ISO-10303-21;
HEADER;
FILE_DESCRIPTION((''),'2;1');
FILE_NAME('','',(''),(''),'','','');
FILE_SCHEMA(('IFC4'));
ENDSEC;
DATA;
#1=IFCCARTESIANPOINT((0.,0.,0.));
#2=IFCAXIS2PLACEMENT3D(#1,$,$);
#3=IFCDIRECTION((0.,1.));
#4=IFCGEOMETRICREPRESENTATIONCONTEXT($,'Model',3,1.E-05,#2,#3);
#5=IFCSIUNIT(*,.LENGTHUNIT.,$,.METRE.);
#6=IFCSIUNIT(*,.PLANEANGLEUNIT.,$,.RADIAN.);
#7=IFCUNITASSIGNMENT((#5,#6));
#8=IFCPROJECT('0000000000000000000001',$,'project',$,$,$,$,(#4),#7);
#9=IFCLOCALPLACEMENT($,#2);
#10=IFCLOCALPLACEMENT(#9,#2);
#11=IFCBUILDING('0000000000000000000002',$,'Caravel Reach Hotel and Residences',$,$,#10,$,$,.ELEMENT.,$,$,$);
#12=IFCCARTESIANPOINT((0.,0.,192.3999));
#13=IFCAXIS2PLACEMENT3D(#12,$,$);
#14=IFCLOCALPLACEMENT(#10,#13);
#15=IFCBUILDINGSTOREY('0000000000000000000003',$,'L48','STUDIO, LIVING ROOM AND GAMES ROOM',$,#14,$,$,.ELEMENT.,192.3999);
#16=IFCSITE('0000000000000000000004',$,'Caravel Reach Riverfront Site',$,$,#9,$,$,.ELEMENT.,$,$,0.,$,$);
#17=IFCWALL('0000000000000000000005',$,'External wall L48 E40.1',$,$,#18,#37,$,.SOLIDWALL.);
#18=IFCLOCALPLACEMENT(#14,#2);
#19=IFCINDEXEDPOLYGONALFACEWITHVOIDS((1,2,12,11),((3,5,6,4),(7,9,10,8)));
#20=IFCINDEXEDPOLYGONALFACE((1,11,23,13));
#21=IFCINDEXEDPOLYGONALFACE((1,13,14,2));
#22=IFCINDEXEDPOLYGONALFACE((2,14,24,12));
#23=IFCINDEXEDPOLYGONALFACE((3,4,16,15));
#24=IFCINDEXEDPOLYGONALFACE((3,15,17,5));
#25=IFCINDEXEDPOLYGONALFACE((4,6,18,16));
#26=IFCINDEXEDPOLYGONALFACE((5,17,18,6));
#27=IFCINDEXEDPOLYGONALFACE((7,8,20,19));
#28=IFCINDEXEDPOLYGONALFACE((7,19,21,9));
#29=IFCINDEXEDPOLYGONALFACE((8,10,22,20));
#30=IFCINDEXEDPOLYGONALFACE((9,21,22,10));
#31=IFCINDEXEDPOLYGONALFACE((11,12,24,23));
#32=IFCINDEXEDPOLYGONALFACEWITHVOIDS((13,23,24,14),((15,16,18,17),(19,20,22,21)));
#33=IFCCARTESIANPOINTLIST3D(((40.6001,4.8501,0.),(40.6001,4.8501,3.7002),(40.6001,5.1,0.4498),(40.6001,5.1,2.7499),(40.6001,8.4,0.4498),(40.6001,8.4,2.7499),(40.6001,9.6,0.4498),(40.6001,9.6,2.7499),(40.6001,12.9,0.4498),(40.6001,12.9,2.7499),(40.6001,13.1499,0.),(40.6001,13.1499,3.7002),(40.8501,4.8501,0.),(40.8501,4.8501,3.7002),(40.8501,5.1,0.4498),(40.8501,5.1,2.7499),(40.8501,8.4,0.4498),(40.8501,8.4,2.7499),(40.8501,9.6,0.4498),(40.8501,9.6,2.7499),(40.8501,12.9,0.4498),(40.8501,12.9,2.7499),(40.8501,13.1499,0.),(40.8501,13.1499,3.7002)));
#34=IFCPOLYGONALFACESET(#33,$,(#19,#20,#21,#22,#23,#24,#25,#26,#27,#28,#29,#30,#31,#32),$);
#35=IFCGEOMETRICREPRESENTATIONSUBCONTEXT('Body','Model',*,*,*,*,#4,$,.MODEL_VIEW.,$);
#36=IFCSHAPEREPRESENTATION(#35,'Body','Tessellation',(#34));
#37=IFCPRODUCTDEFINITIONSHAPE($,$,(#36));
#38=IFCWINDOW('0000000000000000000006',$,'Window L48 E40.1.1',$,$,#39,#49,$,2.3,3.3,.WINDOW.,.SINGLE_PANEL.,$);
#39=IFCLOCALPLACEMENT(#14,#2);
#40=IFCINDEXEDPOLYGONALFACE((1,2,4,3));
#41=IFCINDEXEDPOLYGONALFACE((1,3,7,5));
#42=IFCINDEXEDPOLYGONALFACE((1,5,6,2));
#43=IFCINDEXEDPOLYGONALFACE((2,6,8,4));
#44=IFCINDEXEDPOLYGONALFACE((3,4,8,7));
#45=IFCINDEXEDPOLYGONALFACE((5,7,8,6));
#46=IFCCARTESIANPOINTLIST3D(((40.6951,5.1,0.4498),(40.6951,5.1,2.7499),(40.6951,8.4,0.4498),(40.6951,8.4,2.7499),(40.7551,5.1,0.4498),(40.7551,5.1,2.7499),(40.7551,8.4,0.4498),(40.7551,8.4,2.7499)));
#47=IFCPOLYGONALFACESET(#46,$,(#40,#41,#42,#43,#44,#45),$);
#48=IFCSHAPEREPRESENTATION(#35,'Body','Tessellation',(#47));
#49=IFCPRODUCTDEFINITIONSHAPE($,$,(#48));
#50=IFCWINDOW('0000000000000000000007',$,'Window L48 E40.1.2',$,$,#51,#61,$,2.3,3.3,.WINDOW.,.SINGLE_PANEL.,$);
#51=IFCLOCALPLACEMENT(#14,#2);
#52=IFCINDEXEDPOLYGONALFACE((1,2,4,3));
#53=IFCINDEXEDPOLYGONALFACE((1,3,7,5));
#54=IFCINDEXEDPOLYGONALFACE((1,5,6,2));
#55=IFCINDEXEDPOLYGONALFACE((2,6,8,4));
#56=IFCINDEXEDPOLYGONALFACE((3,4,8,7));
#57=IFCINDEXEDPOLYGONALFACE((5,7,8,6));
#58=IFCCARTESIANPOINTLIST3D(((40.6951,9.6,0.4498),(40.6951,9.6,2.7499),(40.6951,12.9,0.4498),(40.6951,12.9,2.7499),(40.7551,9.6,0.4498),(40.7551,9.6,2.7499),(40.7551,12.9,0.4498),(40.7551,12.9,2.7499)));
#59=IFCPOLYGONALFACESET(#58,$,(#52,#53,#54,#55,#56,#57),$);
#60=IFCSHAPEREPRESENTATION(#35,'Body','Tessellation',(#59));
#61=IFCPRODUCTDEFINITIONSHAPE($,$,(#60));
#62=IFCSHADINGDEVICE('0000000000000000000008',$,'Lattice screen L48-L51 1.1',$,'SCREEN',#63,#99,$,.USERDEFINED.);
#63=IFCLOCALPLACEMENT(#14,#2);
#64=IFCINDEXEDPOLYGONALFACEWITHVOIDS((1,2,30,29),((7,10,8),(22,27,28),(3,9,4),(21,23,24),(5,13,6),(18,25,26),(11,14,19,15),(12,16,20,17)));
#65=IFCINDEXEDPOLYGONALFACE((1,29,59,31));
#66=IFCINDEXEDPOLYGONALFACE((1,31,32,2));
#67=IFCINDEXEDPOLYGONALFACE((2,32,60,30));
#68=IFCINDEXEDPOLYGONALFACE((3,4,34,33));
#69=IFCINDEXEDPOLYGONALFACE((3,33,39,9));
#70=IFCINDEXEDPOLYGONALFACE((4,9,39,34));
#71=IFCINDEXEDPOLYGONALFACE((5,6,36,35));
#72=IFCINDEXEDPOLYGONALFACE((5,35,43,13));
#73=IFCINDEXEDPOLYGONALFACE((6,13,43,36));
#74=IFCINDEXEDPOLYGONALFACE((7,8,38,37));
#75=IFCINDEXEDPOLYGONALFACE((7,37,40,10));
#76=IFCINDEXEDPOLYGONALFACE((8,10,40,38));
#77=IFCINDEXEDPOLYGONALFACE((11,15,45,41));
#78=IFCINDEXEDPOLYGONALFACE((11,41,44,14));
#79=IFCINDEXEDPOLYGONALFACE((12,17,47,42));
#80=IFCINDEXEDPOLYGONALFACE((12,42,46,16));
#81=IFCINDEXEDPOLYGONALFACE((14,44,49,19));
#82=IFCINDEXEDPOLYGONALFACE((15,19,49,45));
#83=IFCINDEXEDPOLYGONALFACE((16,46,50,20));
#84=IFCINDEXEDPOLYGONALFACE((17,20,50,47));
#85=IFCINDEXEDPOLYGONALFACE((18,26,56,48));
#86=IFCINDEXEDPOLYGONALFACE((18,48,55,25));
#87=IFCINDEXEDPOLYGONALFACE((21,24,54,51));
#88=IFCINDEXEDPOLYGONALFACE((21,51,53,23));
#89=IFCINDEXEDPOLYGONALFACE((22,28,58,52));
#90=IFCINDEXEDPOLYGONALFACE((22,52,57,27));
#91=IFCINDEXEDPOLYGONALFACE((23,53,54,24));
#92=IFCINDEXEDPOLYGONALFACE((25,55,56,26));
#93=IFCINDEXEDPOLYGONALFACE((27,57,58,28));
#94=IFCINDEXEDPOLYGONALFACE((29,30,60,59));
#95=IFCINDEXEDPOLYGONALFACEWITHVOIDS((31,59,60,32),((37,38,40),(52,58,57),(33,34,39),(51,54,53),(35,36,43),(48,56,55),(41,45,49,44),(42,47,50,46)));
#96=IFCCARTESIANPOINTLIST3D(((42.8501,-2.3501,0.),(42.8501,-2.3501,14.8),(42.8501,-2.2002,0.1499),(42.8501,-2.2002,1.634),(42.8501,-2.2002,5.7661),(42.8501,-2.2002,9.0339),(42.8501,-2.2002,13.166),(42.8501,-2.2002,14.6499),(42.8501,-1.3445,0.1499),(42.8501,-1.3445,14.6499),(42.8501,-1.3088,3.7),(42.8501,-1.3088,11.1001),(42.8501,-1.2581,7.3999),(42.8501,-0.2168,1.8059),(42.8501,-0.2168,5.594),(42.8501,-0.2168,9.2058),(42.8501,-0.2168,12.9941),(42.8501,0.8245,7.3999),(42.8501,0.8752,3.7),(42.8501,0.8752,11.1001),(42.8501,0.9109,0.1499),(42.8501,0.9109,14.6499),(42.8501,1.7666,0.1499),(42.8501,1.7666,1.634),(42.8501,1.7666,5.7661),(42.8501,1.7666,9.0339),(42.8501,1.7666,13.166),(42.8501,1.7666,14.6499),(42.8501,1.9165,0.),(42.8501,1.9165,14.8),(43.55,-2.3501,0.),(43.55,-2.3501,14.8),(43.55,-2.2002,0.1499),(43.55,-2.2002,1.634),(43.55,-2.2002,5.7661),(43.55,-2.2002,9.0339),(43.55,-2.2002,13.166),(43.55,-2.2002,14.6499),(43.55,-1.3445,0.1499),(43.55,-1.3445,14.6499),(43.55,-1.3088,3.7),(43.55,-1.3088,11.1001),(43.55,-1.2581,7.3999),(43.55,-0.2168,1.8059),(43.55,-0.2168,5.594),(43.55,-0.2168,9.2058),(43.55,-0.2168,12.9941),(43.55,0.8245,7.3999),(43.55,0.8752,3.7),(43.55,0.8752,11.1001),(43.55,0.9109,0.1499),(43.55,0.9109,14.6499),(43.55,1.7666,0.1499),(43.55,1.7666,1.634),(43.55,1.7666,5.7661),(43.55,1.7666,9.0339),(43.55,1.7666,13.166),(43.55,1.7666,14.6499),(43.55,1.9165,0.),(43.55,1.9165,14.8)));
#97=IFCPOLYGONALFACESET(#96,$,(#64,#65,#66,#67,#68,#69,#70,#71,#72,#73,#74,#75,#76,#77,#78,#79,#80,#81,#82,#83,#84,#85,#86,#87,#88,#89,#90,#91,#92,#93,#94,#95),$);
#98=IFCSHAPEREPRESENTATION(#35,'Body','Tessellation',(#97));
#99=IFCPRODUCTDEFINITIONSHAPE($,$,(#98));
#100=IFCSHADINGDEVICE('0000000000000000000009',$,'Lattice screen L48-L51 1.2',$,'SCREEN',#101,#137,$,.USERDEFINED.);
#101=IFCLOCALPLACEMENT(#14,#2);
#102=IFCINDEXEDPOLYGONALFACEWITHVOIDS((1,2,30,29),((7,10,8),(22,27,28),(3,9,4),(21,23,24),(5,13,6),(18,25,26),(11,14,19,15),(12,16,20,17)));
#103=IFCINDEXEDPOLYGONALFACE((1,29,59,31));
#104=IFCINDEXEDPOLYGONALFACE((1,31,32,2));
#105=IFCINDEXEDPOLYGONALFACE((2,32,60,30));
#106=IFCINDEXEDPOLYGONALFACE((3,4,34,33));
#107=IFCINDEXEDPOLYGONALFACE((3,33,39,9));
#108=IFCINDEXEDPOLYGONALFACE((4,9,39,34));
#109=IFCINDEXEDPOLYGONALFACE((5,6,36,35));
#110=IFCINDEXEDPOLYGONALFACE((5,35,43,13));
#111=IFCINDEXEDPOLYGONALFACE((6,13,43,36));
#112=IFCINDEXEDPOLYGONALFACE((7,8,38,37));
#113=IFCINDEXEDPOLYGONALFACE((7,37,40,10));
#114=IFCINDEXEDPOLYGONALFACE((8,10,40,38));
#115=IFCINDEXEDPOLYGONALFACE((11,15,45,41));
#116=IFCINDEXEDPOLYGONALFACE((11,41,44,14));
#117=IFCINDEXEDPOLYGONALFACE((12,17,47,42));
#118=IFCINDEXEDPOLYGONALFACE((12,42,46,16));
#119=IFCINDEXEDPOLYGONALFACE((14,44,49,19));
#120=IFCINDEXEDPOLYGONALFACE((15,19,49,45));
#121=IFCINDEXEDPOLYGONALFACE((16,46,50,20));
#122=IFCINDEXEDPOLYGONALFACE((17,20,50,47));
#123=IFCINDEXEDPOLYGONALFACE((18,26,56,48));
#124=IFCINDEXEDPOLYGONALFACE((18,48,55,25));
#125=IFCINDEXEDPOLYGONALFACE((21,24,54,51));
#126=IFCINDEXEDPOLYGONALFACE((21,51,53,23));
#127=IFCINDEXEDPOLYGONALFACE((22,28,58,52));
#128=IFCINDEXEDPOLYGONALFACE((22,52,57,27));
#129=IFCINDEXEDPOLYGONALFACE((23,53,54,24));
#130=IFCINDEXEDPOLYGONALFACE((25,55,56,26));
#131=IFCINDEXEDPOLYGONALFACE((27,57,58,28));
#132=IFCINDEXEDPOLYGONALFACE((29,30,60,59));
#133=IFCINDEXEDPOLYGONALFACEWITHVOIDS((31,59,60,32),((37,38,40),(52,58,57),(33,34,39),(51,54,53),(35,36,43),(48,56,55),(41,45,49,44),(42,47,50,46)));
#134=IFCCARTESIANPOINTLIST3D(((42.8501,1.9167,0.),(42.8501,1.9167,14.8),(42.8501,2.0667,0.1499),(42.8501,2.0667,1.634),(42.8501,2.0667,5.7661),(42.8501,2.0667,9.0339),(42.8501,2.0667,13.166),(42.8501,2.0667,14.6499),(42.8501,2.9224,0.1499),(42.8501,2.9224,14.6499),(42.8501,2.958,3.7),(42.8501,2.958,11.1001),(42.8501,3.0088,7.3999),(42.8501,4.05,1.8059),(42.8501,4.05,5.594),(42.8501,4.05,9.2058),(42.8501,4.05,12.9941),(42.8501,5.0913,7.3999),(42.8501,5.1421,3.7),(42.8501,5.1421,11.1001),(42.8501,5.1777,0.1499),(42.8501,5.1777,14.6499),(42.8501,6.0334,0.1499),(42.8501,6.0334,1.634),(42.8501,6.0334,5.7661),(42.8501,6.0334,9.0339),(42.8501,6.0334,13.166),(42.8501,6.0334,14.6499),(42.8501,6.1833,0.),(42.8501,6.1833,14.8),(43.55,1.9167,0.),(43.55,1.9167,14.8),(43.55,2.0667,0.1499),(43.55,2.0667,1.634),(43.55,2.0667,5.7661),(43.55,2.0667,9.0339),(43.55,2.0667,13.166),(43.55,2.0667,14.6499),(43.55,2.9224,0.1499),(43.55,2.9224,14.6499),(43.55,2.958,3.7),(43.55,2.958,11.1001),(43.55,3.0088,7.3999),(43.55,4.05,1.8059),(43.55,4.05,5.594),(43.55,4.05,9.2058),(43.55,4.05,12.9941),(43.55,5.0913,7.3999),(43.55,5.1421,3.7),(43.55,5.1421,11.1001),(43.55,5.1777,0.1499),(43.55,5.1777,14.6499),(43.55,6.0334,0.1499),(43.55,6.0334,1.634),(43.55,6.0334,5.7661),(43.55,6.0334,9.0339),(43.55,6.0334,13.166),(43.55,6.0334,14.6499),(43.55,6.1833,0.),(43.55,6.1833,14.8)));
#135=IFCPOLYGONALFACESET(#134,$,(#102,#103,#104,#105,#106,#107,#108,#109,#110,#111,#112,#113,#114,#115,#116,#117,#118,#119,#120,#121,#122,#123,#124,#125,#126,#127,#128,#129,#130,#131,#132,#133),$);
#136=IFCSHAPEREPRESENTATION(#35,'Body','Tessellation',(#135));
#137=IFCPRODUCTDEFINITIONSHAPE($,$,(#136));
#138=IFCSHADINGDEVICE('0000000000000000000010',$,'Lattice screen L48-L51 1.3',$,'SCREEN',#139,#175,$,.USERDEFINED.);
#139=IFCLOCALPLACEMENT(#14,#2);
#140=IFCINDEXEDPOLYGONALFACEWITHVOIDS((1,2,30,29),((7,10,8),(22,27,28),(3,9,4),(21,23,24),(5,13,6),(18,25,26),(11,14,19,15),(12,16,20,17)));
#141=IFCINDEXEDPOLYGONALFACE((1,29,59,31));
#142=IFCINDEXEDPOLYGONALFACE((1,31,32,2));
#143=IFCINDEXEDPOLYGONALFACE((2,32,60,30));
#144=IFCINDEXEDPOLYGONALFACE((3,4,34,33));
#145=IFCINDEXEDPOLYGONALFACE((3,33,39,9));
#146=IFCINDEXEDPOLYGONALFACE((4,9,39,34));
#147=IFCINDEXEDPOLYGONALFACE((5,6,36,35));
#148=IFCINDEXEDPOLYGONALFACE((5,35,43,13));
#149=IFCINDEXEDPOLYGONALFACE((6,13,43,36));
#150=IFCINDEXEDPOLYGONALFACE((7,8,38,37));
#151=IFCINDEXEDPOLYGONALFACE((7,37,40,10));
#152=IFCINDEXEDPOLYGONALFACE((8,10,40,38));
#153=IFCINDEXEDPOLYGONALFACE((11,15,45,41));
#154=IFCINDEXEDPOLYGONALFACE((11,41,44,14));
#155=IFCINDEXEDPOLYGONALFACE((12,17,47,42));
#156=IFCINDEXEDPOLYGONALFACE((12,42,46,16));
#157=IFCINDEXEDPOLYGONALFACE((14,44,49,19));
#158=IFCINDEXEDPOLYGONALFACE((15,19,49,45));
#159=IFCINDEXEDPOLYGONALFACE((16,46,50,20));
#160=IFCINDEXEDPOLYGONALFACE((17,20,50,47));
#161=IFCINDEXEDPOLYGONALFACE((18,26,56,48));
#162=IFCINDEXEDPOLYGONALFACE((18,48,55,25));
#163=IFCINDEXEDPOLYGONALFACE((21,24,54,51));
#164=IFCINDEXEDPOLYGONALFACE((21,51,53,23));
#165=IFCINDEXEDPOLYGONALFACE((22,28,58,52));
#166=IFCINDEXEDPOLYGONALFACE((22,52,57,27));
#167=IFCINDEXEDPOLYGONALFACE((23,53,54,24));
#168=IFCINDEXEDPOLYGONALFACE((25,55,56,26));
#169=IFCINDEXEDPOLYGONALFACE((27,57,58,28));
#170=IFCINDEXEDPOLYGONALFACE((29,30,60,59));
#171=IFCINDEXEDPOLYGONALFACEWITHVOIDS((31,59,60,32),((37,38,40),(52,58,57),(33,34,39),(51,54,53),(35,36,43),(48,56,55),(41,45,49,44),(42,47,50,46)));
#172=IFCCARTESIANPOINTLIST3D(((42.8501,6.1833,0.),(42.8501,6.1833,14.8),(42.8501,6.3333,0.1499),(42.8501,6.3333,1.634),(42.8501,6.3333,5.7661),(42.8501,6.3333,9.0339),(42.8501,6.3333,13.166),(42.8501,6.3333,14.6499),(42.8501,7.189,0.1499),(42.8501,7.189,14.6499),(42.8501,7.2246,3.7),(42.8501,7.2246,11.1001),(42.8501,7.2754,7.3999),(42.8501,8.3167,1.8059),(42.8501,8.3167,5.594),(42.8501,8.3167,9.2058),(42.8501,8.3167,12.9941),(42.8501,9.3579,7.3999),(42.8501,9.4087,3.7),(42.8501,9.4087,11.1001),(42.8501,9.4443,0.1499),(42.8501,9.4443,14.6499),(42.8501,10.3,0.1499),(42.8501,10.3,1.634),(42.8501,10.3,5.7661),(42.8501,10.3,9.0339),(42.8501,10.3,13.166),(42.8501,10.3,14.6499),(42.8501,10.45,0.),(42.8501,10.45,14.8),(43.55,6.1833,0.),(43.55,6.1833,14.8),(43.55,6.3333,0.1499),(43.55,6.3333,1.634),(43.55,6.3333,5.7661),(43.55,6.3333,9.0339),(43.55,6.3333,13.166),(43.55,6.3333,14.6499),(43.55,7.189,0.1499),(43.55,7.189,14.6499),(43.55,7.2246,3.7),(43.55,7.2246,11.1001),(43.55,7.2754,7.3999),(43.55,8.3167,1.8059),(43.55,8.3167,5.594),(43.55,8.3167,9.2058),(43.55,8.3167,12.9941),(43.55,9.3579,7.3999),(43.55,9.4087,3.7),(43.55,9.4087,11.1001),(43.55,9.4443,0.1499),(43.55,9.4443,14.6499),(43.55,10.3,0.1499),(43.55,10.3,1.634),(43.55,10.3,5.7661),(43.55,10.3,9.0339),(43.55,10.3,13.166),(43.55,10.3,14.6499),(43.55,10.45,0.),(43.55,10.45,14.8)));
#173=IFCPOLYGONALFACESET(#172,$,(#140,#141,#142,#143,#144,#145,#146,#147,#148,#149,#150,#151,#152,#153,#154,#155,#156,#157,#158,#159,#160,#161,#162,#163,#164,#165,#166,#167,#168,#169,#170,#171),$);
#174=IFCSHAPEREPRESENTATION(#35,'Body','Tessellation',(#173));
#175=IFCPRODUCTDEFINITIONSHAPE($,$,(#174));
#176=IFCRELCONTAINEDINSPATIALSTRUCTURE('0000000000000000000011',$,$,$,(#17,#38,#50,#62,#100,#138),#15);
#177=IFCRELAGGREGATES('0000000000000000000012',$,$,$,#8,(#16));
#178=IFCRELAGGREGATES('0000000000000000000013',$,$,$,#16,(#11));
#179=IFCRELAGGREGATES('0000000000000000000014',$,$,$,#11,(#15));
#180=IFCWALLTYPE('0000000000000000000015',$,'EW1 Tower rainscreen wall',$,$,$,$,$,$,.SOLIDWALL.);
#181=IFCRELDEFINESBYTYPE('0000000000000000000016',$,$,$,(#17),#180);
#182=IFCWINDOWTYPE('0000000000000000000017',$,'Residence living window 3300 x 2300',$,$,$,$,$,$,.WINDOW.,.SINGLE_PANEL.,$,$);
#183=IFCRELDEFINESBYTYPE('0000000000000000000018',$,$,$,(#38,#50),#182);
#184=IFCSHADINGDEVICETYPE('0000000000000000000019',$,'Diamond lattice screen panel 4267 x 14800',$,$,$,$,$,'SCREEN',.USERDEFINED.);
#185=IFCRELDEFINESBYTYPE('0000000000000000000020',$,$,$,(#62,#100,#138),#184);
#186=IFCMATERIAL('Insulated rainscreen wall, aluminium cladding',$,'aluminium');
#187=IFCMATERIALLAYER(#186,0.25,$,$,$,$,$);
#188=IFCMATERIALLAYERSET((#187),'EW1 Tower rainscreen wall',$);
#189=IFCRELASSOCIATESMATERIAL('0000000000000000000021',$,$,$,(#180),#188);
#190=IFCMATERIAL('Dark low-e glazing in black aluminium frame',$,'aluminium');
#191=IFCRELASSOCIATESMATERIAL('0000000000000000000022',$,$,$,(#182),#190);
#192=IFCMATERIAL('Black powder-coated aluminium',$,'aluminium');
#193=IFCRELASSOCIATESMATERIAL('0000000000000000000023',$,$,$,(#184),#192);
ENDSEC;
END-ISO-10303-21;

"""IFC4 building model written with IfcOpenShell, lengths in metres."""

from ifc_helpers import new_model, si_unit, direction, frame, frame_2d, origin, place, context, subcontext, project, spatial, polyline, rectangle, outline, extrude, material, layer, layer_set, type_object, element, fill, save


model = new_model("IFC4")

# Units and contexts
model_context = context("Model", 3, precision=1e-05, world=origin(), true_north=direction((0.0, 1.0)))
body_context = subcontext(model_context, "Body", "Model", "MODEL_VIEW")
ifc_project = project(units=[si_unit("LENGTHUNIT", "METRE"), si_unit("PLANEANGLEUNIT", "RADIAN")], contexts=[model_context])

# Site, building, storey
site_placement = place(None, origin())
site = spatial("IfcSite", under=ifc_project, at=site_placement, Name="Caravel Reach Riverfront Site", CompositionType="ELEMENT", RefElevation=0.0)
building_placement = place(site_placement, origin())
building = spatial("IfcBuilding", under=site, at=building_placement, Name="Caravel Reach Hotel and Residences", CompositionType="ELEMENT")
storey_placement = place(building_placement, frame((0.0, 0.0, 192.3999)))
storey = spatial("IfcBuildingStorey", under=building, at=storey_placement, Name="L48", Description="STUDIO, LIVING ROOM AND GAMES ROOM", CompositionType="ELEMENT", Elevation=192.3999)

# Shared definitions
ifc_material_1 = material(Name="Insulated rainscreen wall, aluminium cladding", Category="aluminium")
ifc_layer = layer(ifc_material_1, 0.25)
ifc_layer_set = layer_set([ifc_layer], Name="EW1 Tower rainscreen wall")
wall_type = type_object("IfcWallType", Name="EW1 Tower rainscreen wall", PredefinedType="SOLIDWALL", material=ifc_layer_set)

# Wall, openings, windows
wall_1_placement = place(storey_placement, frame((40.7251, 4.8501, 0.0), z_axis=(0.0, 0.0, 1.0), x_axis=(0.0, 1.0, 0.0)))
wall_1 = element("IfcWall", 1, at=wall_1_placement, inside=storey, type_object=wall_type, Name="External wall L48 E40.1", PredefinedType="SOLIDWALL", context=body_context, shape_type="SweptSolid", body=[
    extrude(rectangle(XDim=8.2998, YDim=0.25, at=frame_2d((4.1499, 0.0))), origin(), (0.0, 0.0, 1.0), 3.7002),
])
opening_1_placement = place(wall_1_placement, frame((0.25, 0.0, 0.45)))
opening_1 = element("IfcOpeningElement", 2, at=opening_1_placement, cuts=wall_1, PredefinedType="OPENING", context=body_context, shape_type="SweptSolid", body=[
    extrude(rectangle(XDim=3.3, YDim=2.3, at=frame_2d((1.6499, 1.1499))), frame((0.0, 0.135, 0.0), z_axis=(0.0, -1.0, 0.0), x_axis=(1.0, 0.0, 0.0)), (0.0, 0.0, 1.0), 0.27),
])
opening_2_placement = place(wall_1_placement, frame((4.75, 0.0, 0.45)))
opening_2 = element("IfcOpeningElement", 3, at=opening_2_placement, cuts=wall_1, PredefinedType="OPENING", context=body_context, shape_type="SweptSolid", body=[
    extrude(rectangle(XDim=3.3, YDim=2.3, at=frame_2d((1.6499, 1.1499))), frame((0.0, 0.135, 0.0), z_axis=(0.0, -1.0, 0.0), x_axis=(1.0, 0.0, 0.0)), (0.0, 0.0, 1.0), 0.27),
])
ifc_material_2 = material(Name="Dark low-e glazing in black aluminium frame", Category="aluminium")
window_type_1 = type_object("IfcWindowType", Name="Residence living window 3300 x 2300", PartitioningType="SINGLE_PANEL", PredefinedType="WINDOW", material=ifc_material_2)
window_1_placement = place(opening_1_placement, origin())
window_1 = element("IfcWindow", 4, at=window_1_placement, inside=storey, type_object=window_type_1, Name="Window L48 E40.1.1", OverallHeight=2.3, OverallWidth=3.3, PartitioningType="SINGLE_PANEL", PredefinedType="WINDOW", context=body_context, shape_type="SweptSolid", body=[
    extrude(rectangle(XDim=3.3, YDim=2.3, at=frame_2d((1.6499, 1.1499))), frame((0.0, 0.03, 0.0), z_axis=(0.0, -1.0, 0.0), x_axis=(1.0, 0.0, 0.0)), (0.0, 0.0, 1.0), 0.0601),
])
fill(opening_1, window_1)
window_2_placement = place(opening_2_placement, origin())
window_2 = element("IfcWindow", 5, at=window_2_placement, inside=storey, type_object=window_type_1, Name="Window L48 E40.1.2", OverallHeight=2.3, OverallWidth=3.3, PartitioningType="SINGLE_PANEL", PredefinedType="WINDOW", context=body_context, shape_type="SweptSolid", body=[
    extrude(rectangle(XDim=3.3, YDim=2.3, at=frame_2d((1.6499, 1.1499))), frame((0.0, 0.03, 0.0), z_axis=(0.0, -1.0, 0.0), x_axis=(1.0, 0.0, 0.0)), (0.0, 0.0, 1.0), 0.0601),
])
fill(opening_2, window_2)

# Shading devices
ifc_material_3 = material(Name="Black powder-coated aluminium", Category="aluminium")
shading_device_type_1 = type_object("IfcShadingDeviceType", Name="Diamond lattice screen panel 4267 x 14800", ElementType="SCREEN", PredefinedType="USERDEFINED", material=ifc_material_3)
for number, where, z_axis, x_axis, name in (
    (6, (42.8501, -2.3501, 0.0), (1.0, 0.0, 0.0), (0.0, 1.0, 0.0), "Lattice screen L48-L51 1.1"),
    (7, (42.8501, 1.9167, 0.0), (1.0, 0.0, 0.0), (0.0, 1.0, 0.0), "Lattice screen L48-L51 1.2"),
    (8, (42.8501, 6.1833, 0.0), (1.0, 0.0, 0.0), (0.0, 1.0, 0.0), "Lattice screen L48-L51 1.3"),
):
    element("IfcShadingDevice", number, at=place(storey_placement, frame(where, z_axis=z_axis, x_axis=x_axis)), inside=storey, type_object=shading_device_type_1, Name=name, ObjectType="SCREEN", PredefinedType="USERDEFINED", context=body_context, shape_type="SweptSolid", body=[
        extrude(outline(polyline([(0.0, 0.0), (4.2666, 0.0), (4.2666, 14.8), (0.0, 14.8), (0.0, 0.0)]), holes=[polyline([(1.0056, 0.1499), (0.1499, 1.634), (0.1499, 0.1499), (1.0056, 0.1499)]), polyline([(1.092, 7.3999), (0.1499, 9.0339), (0.1499, 5.7661), (1.092, 7.3999)]), polyline([(0.1499, 13.166), (1.0056, 14.6499), (0.1499, 14.6499), (0.1499, 13.166)]), polyline([(2.1333, 5.594), (1.0413, 3.7), (2.1333, 1.8059), (3.2253, 3.7), (2.1333, 5.594)]), polyline([(2.1333, 12.9941), (1.0413, 11.1001), (2.1333, 9.2058), (3.2253, 11.1001), (2.1333, 12.9941)]), polyline([(4.1167, 1.634), (3.261, 0.1499), (4.1167, 0.1499), (4.1167, 1.634)]), polyline([(3.1746, 7.3999), (4.1167, 5.7661), (4.1167, 9.0339), (3.1746, 7.3999)]), polyline([(3.261, 14.6499), (4.1167, 13.166), (4.1167, 14.6499), (3.261, 14.6499)])]), origin(), (0.0, 0.0, 1.0), 0.7),
    ])

save(model, "model.ifc")
